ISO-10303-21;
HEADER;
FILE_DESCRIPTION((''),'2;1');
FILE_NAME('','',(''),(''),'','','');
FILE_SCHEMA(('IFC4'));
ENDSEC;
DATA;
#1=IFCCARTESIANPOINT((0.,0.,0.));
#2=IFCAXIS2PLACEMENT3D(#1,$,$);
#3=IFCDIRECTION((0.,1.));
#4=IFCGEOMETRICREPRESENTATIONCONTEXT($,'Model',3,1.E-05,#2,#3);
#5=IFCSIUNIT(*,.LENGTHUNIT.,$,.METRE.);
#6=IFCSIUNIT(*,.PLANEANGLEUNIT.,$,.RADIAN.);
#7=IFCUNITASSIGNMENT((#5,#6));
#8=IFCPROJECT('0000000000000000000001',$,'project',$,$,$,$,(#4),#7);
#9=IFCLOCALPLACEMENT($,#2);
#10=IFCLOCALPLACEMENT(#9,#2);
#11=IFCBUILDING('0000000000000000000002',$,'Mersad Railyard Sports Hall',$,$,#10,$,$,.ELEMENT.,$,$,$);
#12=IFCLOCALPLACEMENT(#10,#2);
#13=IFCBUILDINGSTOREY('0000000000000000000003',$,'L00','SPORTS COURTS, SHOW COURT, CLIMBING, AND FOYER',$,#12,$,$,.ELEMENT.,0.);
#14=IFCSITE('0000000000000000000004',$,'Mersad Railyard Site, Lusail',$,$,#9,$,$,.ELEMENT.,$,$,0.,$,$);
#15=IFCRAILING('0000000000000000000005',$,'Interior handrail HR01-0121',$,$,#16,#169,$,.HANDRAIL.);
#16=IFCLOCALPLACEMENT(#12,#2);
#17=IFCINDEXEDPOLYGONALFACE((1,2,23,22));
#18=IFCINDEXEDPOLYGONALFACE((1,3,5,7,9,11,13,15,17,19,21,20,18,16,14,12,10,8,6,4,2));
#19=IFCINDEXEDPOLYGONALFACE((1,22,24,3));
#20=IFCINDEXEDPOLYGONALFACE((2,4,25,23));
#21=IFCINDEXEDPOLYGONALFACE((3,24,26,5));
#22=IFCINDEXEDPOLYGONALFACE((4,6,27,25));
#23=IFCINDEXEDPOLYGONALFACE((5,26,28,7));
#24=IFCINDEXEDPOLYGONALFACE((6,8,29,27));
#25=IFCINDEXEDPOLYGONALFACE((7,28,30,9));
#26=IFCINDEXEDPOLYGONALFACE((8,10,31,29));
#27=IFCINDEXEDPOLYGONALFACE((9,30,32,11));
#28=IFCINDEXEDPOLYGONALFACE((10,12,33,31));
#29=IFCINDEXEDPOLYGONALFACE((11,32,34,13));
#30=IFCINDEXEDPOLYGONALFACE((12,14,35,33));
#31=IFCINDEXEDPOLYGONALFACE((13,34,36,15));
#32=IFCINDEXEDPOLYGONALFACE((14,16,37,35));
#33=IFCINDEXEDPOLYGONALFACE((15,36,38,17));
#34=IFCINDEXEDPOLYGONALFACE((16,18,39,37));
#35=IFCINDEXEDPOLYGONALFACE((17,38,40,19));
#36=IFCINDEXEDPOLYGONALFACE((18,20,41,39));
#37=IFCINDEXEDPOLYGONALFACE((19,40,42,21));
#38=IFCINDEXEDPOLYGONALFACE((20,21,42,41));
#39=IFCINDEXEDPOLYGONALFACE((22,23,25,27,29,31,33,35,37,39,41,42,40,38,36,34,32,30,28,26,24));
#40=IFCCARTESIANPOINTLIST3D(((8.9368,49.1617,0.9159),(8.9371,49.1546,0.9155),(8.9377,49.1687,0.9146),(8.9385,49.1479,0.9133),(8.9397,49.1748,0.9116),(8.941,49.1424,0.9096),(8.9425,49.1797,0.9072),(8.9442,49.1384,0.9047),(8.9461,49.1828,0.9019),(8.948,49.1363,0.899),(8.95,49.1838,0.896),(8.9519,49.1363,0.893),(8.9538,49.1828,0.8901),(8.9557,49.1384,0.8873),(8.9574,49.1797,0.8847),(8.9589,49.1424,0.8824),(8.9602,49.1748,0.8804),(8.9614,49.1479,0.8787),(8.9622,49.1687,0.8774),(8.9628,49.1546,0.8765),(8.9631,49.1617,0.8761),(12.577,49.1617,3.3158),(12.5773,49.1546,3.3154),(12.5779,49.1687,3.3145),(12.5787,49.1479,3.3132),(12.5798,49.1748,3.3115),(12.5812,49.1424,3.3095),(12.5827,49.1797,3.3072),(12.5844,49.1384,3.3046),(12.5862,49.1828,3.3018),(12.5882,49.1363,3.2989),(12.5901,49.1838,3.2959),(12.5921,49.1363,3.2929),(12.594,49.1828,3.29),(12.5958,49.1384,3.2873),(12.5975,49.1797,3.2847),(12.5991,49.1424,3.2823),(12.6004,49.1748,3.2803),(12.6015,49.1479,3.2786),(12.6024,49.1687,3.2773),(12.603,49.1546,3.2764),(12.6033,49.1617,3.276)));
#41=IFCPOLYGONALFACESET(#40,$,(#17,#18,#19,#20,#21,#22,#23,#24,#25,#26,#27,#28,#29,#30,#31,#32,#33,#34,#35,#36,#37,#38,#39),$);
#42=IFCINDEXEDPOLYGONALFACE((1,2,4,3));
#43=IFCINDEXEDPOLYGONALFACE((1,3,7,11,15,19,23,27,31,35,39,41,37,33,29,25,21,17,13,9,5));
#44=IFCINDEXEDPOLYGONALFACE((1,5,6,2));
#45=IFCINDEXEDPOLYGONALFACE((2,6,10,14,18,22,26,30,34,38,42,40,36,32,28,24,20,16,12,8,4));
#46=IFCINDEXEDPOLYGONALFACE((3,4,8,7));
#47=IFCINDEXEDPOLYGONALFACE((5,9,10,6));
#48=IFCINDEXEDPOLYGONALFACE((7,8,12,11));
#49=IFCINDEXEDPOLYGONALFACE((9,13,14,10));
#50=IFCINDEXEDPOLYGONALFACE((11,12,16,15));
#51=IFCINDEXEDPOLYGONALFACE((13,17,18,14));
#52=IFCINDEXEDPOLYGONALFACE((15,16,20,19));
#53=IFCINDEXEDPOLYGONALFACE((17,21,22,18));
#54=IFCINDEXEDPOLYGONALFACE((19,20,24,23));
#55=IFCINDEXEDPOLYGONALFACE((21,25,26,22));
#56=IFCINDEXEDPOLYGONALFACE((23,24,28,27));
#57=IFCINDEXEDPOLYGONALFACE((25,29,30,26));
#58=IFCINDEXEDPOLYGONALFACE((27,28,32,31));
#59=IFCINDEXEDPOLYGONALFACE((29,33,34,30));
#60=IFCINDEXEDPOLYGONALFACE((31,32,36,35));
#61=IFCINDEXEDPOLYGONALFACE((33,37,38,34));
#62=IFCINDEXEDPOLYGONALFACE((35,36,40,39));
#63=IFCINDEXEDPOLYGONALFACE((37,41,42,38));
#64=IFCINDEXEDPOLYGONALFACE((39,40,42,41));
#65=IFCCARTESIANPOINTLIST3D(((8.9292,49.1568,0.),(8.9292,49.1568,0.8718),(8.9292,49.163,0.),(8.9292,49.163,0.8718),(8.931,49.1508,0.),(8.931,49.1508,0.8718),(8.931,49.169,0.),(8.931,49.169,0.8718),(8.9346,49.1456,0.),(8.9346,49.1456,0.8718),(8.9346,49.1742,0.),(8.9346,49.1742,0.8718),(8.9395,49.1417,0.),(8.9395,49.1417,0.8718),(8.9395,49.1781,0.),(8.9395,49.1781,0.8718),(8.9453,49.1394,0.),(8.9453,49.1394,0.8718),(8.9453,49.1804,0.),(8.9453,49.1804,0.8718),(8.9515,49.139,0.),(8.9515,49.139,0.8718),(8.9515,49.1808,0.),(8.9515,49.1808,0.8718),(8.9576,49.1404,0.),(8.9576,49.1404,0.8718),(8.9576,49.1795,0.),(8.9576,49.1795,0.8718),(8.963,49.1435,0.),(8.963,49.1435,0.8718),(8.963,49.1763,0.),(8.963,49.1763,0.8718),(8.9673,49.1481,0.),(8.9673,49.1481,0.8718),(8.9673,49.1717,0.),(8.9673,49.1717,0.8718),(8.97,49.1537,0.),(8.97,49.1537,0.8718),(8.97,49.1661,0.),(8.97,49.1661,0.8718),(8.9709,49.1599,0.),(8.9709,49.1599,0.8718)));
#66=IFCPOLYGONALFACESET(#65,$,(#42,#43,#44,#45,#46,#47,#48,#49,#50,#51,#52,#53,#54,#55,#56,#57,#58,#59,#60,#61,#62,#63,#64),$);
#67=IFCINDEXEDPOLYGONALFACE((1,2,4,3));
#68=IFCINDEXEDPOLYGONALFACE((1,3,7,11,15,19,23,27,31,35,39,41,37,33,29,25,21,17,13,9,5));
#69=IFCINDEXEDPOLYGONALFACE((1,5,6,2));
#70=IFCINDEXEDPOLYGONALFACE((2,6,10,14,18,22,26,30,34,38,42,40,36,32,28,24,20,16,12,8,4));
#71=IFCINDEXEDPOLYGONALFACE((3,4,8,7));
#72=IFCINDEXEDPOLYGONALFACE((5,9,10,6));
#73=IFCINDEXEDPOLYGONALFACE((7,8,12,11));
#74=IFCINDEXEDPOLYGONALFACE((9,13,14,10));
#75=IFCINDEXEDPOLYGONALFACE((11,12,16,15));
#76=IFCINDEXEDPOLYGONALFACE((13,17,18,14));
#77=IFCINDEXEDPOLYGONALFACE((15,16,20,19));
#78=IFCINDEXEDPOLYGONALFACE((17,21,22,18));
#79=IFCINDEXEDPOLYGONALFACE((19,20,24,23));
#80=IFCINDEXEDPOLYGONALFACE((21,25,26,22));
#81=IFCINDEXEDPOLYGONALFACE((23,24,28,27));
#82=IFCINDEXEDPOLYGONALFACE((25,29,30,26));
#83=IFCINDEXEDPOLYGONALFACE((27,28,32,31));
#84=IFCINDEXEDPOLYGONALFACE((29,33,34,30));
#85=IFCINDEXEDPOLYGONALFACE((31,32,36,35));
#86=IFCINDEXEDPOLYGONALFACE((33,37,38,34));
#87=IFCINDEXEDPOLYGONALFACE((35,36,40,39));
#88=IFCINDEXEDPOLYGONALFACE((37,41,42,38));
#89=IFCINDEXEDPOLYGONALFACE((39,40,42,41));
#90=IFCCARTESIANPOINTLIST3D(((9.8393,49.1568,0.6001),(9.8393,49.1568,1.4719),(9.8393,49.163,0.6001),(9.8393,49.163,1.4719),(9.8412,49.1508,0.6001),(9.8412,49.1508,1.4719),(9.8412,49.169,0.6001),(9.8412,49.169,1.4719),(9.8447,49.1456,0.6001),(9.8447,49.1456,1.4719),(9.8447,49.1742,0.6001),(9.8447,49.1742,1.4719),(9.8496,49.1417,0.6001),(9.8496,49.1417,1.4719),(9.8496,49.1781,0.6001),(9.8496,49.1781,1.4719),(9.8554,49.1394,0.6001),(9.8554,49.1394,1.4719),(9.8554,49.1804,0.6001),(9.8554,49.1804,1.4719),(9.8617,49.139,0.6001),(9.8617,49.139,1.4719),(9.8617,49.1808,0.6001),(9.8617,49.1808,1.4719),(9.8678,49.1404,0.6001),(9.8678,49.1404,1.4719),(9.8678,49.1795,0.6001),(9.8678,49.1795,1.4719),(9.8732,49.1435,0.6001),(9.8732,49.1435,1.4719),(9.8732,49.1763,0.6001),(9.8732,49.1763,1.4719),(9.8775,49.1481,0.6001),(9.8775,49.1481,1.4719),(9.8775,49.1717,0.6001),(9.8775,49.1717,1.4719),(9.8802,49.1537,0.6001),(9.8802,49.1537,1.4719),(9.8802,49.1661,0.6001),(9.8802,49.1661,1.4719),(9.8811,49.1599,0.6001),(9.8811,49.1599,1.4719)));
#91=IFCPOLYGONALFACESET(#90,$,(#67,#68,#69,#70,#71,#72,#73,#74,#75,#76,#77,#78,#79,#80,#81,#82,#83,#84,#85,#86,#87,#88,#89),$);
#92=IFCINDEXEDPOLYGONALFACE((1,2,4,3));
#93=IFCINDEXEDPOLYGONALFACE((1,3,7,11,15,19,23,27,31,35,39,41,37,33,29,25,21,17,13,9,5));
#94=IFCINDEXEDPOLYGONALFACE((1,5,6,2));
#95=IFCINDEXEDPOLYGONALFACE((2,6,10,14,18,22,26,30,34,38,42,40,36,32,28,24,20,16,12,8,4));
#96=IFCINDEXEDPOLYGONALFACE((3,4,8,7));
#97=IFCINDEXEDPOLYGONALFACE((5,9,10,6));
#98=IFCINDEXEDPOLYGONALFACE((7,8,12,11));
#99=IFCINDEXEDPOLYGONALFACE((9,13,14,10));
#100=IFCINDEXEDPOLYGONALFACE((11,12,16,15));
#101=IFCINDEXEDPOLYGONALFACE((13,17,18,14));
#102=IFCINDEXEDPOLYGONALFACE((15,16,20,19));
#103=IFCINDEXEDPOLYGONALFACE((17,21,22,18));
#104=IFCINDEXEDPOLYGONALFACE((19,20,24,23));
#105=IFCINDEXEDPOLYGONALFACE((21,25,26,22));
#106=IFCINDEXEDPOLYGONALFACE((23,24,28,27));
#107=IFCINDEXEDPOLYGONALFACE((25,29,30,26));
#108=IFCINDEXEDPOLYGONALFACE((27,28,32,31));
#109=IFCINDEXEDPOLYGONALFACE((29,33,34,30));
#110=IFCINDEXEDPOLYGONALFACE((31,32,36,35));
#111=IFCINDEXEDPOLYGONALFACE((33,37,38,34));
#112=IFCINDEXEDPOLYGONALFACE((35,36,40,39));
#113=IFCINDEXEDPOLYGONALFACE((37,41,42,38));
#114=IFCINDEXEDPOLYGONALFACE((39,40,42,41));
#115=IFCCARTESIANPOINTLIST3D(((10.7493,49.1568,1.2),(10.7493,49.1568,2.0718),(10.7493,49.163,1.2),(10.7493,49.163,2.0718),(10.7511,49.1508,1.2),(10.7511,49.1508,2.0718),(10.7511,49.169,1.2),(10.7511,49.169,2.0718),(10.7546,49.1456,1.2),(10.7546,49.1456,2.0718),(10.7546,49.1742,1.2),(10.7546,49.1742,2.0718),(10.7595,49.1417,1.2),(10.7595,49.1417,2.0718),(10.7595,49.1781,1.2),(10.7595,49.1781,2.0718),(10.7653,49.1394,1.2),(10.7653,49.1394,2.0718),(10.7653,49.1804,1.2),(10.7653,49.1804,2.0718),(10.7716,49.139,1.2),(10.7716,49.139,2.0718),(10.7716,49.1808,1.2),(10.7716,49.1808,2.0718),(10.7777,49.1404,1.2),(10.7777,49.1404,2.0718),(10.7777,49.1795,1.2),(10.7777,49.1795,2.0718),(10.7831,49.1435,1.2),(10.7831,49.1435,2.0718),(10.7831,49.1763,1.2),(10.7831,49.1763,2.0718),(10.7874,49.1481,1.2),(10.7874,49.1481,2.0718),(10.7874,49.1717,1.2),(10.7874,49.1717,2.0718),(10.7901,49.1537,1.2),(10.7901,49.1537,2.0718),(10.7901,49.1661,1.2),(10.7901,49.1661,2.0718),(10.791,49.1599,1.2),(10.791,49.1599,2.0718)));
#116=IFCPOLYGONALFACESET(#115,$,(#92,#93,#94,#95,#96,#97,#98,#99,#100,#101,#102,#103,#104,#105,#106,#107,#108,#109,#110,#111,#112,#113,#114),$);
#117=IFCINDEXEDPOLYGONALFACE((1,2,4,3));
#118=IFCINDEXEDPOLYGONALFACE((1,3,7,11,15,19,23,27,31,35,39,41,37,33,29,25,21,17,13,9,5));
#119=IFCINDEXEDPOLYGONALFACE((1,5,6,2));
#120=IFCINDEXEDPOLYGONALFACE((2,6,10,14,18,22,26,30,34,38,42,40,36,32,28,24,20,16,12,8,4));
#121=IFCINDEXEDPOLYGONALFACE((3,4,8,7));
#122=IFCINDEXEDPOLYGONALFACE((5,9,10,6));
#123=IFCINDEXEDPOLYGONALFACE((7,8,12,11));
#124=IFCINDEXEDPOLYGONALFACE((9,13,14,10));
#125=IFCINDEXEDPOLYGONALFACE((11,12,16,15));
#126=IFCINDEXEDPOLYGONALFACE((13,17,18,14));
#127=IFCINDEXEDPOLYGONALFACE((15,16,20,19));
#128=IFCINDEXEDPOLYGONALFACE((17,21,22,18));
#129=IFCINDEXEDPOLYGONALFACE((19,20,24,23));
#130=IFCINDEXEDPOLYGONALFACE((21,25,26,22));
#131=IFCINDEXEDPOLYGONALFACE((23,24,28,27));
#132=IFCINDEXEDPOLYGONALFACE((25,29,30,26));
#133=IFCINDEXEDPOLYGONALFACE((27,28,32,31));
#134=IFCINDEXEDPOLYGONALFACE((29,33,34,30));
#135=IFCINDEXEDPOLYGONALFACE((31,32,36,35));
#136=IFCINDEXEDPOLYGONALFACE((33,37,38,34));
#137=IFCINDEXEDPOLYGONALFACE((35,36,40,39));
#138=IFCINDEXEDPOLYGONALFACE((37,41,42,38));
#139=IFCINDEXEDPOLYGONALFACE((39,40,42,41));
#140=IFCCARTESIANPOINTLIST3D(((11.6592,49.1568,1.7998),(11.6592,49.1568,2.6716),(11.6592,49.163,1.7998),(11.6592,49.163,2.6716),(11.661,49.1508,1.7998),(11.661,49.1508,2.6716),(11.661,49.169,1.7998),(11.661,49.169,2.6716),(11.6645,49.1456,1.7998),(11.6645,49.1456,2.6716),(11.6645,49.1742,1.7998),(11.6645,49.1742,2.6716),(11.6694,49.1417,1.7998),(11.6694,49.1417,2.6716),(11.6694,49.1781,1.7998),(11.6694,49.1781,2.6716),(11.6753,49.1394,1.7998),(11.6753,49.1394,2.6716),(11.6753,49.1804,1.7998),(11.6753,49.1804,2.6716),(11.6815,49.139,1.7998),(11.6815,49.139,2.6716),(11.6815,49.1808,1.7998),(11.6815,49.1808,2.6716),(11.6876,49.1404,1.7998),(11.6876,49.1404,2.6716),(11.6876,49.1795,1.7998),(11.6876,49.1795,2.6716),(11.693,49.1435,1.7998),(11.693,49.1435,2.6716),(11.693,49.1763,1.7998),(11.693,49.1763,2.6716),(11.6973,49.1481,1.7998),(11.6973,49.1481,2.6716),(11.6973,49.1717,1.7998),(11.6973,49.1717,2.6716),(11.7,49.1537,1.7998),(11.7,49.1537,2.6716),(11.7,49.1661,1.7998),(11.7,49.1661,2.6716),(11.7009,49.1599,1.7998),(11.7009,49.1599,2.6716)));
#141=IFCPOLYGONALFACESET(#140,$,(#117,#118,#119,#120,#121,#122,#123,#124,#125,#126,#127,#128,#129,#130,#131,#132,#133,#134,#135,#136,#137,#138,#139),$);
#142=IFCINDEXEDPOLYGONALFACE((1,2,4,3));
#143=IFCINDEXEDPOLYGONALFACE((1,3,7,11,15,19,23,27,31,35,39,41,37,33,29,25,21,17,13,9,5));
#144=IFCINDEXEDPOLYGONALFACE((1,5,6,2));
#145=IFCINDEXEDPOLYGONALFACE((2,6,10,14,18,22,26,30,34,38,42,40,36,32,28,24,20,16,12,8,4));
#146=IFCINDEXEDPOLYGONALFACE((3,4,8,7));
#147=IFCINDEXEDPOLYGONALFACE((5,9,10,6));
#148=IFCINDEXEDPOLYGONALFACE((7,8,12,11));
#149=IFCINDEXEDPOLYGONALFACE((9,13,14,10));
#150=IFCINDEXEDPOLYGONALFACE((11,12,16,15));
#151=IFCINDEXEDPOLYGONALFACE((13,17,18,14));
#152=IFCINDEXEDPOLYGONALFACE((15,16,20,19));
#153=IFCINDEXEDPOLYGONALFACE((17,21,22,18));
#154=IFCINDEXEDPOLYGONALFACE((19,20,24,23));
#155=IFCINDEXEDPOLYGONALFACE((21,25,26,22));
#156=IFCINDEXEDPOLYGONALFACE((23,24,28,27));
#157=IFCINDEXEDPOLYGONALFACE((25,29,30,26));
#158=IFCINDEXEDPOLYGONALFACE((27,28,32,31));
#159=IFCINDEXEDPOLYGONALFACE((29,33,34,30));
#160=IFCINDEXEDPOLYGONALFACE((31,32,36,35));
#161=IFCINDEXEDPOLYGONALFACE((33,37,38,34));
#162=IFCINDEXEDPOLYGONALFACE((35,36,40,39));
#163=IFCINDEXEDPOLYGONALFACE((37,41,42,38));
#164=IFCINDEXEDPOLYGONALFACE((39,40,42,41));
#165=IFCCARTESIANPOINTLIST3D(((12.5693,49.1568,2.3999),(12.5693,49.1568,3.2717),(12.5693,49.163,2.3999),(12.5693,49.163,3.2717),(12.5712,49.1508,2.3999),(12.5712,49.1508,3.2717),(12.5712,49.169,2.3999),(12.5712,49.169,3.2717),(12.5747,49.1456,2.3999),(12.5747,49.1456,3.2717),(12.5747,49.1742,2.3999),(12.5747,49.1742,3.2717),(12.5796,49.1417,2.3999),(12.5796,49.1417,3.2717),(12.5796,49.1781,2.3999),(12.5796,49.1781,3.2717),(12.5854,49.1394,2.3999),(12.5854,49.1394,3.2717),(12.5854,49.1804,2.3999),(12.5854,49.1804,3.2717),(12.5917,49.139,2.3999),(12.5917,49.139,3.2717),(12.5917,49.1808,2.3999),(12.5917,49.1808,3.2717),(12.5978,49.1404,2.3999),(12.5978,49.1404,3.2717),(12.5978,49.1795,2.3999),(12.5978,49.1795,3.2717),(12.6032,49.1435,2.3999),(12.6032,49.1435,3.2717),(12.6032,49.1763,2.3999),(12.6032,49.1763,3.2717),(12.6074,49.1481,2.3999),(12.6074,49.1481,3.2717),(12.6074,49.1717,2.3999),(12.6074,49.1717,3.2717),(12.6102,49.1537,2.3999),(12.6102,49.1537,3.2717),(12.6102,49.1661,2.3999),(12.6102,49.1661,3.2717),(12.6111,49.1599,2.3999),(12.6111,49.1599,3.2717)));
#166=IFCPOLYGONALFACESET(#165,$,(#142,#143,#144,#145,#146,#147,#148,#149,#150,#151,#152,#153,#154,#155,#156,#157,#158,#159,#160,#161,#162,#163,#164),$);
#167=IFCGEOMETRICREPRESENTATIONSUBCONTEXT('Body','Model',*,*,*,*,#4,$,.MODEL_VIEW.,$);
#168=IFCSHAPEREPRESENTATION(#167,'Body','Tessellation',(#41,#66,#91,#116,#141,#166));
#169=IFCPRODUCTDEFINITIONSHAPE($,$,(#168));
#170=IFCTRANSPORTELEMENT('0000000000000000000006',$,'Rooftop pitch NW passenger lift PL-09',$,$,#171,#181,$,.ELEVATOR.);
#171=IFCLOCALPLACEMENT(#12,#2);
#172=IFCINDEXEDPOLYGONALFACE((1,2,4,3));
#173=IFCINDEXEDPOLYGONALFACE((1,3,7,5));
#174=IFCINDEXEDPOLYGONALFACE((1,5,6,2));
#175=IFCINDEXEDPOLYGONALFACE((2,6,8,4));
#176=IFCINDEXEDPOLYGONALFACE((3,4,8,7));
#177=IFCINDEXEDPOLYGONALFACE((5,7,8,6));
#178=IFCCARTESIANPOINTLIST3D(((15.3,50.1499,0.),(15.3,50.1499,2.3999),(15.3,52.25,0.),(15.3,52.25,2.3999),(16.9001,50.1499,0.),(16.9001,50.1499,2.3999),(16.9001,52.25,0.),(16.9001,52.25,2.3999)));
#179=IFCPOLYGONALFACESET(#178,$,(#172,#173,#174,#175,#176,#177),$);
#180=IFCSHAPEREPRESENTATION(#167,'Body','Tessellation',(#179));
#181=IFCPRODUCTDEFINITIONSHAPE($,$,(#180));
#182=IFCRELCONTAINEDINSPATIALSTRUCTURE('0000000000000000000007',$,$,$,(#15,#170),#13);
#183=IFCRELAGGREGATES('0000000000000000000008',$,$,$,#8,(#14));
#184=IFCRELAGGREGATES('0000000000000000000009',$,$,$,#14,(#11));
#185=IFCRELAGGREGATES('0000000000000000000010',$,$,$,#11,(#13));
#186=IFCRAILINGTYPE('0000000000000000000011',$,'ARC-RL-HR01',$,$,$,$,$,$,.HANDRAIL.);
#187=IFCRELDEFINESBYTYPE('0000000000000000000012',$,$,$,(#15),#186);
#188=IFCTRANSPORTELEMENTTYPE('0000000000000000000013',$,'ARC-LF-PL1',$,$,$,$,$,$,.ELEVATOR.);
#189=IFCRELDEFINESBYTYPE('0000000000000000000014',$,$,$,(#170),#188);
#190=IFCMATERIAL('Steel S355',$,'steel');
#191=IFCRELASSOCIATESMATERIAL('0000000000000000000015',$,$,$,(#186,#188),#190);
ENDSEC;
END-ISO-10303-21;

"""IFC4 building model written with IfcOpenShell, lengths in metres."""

from ifc_helpers import new_model, si_unit, direction, frame, origin, origin_2d, place, context, subcontext, project, spatial, rectangle, circle, extrude, material, type_object, element, save


model = new_model("IFC4")

# Units and contexts
model_context = context("Model", 3, precision=1e-05, world=origin(), true_north=direction((0.0, 1.0)))
body_context = subcontext(model_context, "Body", "Model", "MODEL_VIEW")
ifc_project = project(units=[si_unit("LENGTHUNIT", "METRE"), si_unit("PLANEANGLEUNIT", "RADIAN")], contexts=[model_context])

# Site, building, storey
site_placement = place(None, origin())
site = spatial("IfcSite", under=ifc_project, at=site_placement, Name="Mersad Railyard Site, Lusail", CompositionType="ELEMENT", RefElevation=0.0)
building_placement = place(site_placement, origin())
building = spatial("IfcBuilding", under=site, at=building_placement, Name="Mersad Railyard Sports Hall", CompositionType="ELEMENT")
storey_placement = place(building_placement, origin())
storey = spatial("IfcBuildingStorey", under=building, at=storey_placement, Name="L00", Description="SPORTS COURTS, SHOW COURT, CLIMBING, AND FOYER", CompositionType="ELEMENT", Elevation=0.0)

# Shared definitions
ifc_material_1 = material(Name="Steel S355", Category="steel")

# Railing
railing_type_1 = type_object("IfcRailingType", Name="ARC-RL-HR01", PredefinedType="HANDRAIL", material=ifc_material_1)
railing_1_placement = place(storey_placement, frame((8.95, 49.1599, 0.0)))
element("IfcRailing", 1, at=railing_1_placement, inside=storey, type_object=railing_type_1, Name="Interior handrail HR01-0121", PredefinedType="HANDRAIL", context=body_context, shape_type="SweptSolid", body=[
    extrude(circle(Radius=0.0239, at=origin_2d()), frame((0.0, 0.0, 0.896), z_axis=(0.834882, 0.0, 0.550429), x_axis=(0.0, 1.0, 0.0)), (0.0, 0.0, 1.0), 4.3601),
    extrude(circle(Radius=0.021, at=origin_2d()), origin(), (0.0, 0.0, 1.0), 0.8718),
    extrude(circle(Radius=0.021, at=origin_2d()), frame((0.9102, 0.0, 0.6001)), (0.0, 0.0, 1.0), 0.8718),
    extrude(circle(Radius=0.021, at=origin_2d()), frame((1.8201, 0.0, 1.2)), (0.0, 0.0, 1.0), 0.8718),
    extrude(circle(Radius=0.021, at=origin_2d()), frame((2.73, 0.0, 1.7998)), (0.0, 0.0, 1.0), 0.8718),
    extrude(circle(Radius=0.021, at=origin_2d()), frame((3.6401, 0.0, 2.3999)), (0.0, 0.0, 1.0), 0.8718),
])

# Transport element
transport_element_type = type_object("IfcTransportElementType", Name="ARC-LF-PL1", PredefinedType="ELEVATOR", material=ifc_material_1)
transport_element_placement = place(storey_placement, frame((16.1001, 51.2, 0.0), z_axis=(0.0, 0.0, 1.0), x_axis=(1.0, 0.0, 0.0)))
element("IfcTransportElement", 2, at=transport_element_placement, inside=storey, type_object=transport_element_type, Name="Rooftop pitch NW passenger lift PL-09", PredefinedType="ELEVATOR", context=body_context, shape_type="SweptSolid", body=[
    extrude(rectangle(XDim=1.6001, YDim=2.1001, at=origin_2d()), origin(), (0.0, 0.0, 1.0), 2.3999),
])

save(model, "model.ifc")
